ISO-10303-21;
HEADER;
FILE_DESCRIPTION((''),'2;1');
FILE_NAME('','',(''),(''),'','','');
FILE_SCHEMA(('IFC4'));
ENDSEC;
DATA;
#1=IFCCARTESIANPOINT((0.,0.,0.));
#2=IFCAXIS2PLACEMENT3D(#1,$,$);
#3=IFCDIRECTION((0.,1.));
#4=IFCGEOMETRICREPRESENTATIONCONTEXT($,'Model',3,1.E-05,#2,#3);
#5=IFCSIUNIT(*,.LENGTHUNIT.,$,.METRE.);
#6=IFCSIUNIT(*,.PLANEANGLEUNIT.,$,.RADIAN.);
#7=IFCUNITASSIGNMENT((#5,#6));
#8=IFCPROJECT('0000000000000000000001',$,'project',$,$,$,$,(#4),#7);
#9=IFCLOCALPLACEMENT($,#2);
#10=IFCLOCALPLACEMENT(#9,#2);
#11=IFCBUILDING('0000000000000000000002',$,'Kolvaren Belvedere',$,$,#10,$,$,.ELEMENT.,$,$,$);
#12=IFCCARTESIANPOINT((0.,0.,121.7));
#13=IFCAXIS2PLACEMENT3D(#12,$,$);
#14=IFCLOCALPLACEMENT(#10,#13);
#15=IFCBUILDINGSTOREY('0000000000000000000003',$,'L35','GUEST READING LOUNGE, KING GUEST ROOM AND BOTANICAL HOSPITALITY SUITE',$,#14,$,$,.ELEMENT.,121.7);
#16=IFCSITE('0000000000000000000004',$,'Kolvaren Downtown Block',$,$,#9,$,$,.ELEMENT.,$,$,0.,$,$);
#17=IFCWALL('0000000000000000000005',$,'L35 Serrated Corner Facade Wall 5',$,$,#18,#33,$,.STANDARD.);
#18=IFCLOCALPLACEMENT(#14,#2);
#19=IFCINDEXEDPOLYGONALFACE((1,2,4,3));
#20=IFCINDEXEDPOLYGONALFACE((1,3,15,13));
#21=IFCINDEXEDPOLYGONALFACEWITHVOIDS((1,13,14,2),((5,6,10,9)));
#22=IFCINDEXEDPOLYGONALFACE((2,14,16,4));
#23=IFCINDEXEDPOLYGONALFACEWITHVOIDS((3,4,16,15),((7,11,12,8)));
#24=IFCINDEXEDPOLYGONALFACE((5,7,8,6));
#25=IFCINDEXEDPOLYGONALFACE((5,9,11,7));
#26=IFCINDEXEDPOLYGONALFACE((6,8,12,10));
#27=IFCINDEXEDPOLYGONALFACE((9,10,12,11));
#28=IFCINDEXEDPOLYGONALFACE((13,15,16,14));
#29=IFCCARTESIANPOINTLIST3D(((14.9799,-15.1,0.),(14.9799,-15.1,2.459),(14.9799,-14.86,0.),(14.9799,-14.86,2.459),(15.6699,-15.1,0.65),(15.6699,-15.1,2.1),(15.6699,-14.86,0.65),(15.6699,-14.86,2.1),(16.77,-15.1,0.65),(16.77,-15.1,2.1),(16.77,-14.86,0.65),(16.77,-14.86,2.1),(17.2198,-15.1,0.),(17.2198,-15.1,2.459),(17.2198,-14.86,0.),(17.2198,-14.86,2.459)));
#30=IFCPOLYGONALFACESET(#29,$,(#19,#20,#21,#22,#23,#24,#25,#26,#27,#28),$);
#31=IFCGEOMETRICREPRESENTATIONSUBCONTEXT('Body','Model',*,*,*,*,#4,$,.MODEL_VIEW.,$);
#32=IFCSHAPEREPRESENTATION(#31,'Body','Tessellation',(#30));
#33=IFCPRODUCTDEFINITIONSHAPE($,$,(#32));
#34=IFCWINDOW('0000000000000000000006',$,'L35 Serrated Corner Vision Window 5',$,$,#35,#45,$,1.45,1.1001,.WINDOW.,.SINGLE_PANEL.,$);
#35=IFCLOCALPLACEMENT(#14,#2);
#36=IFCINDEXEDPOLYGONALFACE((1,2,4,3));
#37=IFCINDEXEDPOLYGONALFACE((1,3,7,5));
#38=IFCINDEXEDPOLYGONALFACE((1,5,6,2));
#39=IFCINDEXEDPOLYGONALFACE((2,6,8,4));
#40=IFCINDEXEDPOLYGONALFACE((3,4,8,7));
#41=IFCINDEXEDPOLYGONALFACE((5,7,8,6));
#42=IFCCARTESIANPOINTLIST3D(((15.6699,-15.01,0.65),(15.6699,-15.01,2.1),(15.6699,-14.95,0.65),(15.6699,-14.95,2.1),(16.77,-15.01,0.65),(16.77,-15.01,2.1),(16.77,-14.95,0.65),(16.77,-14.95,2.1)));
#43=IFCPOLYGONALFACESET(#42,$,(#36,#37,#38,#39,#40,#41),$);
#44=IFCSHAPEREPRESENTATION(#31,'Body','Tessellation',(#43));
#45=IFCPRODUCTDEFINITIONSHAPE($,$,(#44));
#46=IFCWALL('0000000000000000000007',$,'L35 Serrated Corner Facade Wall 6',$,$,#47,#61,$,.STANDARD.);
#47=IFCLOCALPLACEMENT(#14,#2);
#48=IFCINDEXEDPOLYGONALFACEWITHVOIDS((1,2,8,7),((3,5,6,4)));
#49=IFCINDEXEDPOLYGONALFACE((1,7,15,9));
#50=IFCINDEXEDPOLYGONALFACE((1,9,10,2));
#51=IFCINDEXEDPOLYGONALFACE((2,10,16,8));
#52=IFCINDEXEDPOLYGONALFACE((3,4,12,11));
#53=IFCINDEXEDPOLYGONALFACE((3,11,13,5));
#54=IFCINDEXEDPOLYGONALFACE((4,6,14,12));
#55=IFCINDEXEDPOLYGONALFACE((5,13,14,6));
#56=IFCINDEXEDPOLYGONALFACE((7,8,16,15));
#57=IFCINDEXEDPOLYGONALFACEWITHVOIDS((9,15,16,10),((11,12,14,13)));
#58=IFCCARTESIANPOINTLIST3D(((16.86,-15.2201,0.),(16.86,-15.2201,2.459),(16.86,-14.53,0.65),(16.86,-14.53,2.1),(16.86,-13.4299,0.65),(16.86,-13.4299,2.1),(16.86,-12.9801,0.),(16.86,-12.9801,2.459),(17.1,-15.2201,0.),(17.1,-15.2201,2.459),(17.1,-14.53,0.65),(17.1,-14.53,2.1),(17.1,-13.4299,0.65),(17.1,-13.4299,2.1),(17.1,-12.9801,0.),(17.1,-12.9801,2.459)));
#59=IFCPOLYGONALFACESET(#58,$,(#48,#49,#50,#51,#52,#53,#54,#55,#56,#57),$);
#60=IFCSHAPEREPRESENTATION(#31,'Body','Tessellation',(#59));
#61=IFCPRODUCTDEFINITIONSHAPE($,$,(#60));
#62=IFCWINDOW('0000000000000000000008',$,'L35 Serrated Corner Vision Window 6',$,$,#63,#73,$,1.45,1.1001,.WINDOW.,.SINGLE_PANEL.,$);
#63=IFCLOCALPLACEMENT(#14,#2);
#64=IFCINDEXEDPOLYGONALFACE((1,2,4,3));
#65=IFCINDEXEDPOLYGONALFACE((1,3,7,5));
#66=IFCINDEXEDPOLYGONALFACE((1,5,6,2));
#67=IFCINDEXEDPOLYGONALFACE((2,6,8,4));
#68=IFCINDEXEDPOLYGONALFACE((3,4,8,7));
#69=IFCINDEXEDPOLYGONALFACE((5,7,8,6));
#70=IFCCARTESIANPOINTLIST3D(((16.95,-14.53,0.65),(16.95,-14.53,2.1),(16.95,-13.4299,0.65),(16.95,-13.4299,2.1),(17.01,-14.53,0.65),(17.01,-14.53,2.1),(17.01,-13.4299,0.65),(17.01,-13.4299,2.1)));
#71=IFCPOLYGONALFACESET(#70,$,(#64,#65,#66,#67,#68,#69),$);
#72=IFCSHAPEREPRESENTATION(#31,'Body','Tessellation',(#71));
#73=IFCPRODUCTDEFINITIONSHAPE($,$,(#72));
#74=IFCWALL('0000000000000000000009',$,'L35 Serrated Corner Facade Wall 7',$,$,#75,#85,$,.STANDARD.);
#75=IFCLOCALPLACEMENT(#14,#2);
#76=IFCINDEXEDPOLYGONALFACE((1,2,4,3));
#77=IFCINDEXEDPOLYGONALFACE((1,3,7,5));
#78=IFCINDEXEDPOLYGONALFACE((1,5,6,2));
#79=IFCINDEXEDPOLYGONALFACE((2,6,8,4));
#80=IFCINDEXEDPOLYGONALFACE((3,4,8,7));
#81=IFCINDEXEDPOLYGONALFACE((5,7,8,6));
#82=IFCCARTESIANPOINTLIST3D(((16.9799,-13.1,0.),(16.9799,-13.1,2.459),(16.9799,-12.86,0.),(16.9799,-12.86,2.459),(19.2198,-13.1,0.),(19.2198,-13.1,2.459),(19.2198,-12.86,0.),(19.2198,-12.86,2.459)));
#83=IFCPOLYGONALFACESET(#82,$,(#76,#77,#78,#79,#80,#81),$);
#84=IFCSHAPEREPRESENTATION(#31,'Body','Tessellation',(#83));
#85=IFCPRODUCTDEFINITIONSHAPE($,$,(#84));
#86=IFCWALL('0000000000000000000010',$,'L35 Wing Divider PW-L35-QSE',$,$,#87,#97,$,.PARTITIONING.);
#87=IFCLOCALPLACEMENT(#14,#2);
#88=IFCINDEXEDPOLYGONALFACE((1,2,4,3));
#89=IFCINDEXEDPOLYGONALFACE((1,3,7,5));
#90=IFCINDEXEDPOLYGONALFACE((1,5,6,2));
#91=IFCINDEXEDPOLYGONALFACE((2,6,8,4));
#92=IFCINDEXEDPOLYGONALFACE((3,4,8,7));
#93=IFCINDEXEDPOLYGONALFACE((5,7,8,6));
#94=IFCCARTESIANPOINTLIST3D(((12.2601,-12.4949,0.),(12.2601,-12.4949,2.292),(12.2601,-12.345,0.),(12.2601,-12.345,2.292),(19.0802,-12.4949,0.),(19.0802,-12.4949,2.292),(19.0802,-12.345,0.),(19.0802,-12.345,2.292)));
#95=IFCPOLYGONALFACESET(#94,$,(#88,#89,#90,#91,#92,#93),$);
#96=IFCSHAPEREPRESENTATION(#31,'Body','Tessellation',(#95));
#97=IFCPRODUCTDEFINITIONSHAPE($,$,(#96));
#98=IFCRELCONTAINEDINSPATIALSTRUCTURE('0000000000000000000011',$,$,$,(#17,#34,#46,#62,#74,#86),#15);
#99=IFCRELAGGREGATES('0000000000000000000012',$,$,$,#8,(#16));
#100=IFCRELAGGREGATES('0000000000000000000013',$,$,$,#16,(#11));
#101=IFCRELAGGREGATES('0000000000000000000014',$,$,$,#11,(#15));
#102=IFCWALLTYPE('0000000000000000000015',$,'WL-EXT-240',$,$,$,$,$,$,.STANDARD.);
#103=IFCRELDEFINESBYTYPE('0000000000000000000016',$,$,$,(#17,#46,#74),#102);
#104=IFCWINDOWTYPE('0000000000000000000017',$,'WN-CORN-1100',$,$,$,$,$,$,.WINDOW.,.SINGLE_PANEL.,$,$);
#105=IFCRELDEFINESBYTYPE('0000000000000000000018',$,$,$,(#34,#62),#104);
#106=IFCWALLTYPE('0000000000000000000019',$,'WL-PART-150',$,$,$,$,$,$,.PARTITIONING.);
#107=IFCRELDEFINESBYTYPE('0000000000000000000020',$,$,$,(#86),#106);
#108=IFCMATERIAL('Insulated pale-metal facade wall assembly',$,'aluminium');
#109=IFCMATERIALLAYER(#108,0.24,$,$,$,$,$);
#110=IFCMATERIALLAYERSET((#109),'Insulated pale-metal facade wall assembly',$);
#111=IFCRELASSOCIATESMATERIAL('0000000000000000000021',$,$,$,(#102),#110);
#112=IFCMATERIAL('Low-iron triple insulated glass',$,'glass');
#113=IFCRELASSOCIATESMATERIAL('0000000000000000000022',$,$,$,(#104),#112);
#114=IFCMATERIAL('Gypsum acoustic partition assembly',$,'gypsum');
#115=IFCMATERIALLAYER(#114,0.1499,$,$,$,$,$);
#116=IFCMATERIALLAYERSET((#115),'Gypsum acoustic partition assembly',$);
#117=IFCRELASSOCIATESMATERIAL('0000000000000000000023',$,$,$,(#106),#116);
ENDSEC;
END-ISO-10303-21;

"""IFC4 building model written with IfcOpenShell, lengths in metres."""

from ifc_helpers import new_model, si_unit, direction, frame, frame_2d, origin, place, context, subcontext, project, spatial, rectangle, extrude, material, layer, layer_set, type_object, element, fill, save


model = new_model("IFC4")

# Units and contexts
model_context = context("Model", 3, precision=1e-05, world=origin(), true_north=direction((0.0, 1.0)))
body_context = subcontext(model_context, "Body", "Model", "MODEL_VIEW")
ifc_project = project(units=[si_unit("LENGTHUNIT", "METRE"), si_unit("PLANEANGLEUNIT", "RADIAN")], contexts=[model_context])

# Site, building, storey
site_placement = place(None, origin())
site = spatial("IfcSite", under=ifc_project, at=site_placement, Name="Kolvaren Downtown Block", CompositionType="ELEMENT", RefElevation=0.0)
building_placement = place(site_placement, origin())
building = spatial("IfcBuilding", under=site, at=building_placement, Name="Kolvaren Belvedere", CompositionType="ELEMENT")
storey_placement = place(building_placement, frame((0.0, 0.0, 121.7)))
storey = spatial("IfcBuildingStorey", under=building, at=storey_placement, Name="L35", Description="GUEST READING LOUNGE, KING GUEST ROOM AND BOTANICAL HOSPITALITY SUITE", CompositionType="ELEMENT", Elevation=121.7)

# Shared definitions
ifc_material_1 = material(Name="Insulated pale-metal facade wall assembly", Category="aluminium")
ifc_layer_1 = layer(ifc_material_1, 0.24)
ifc_layer_set_1 = layer_set([ifc_layer_1], Name="Insulated pale-metal facade wall assembly")
wall_type_1 = type_object("IfcWallType", Name="WL-EXT-240", PredefinedType="STANDARD", material=ifc_layer_set_1)

# Walls, openings, windows
ifc_material_2 = material(Name="Low-iron triple insulated glass", Category="glass")
window_type = type_object("IfcWindowType", Name="WN-CORN-1100", PartitioningType="SINGLE_PANEL", PredefinedType="WINDOW", material=ifc_material_2)
wall_1_placement = place(storey_placement, frame((17.22, -14.98, 0.0), z_axis=(0.0, 0.0, 1.0), x_axis=(-1.0, 0.0, 0.0)))
wall_1 = element("IfcWall", 1, at=wall_1_placement, inside=storey, type_object=wall_type_1, Name="L35 Serrated Corner Facade Wall 5", PredefinedType="STANDARD", context=body_context, shape_type="SweptSolid", body=[
    extrude(rectangle(XDim=2.24, YDim=0.24, at=frame_2d((1.1201, 0.0))), origin(), (0.0, 0.0, 1.0), 2.459),
])
opening_1_placement = place(wall_1_placement, frame((0.45, 0.0, 0.6499)))
opening_1 = element("IfcOpeningElement", 2, at=opening_1_placement, cuts=wall_1, PredefinedType="OPENING", context=body_context, shape_type="SweptSolid", body=[
    extrude(rectangle(XDim=1.1001, YDim=1.45, at=frame_2d((0.55, 0.7251))), frame((0.0, 0.1299, 0.0), z_axis=(0.0, -1.0, 0.0), x_axis=(1.0, 0.0, 0.0)), (0.0, 0.0, 1.0), 0.26),
])
window_1_placement = place(opening_1_placement, origin())
window_1 = element("IfcWindow", 3, at=window_1_placement, inside=storey, type_object=window_type, Name="L35 Serrated Corner Vision Window 5", OverallHeight=1.45, OverallWidth=1.1001, PartitioningType="SINGLE_PANEL", PredefinedType="WINDOW", context=body_context, shape_type="SweptSolid", body=[
    extrude(rectangle(XDim=1.1001, YDim=1.45, at=frame_2d((0.55, 0.7251))), frame((0.0, 0.03, 0.0), z_axis=(0.0, -1.0, 0.0), x_axis=(1.0, 0.0, 0.0)), (0.0, 0.0, 1.0), 0.0601),
])
fill(opening_1, window_1)
wall_2_placement = place(storey_placement, frame((16.98, -12.98, 0.0), z_axis=(0.0, 0.0, 1.0), x_axis=(0.0, -1.0, 0.0)))
wall_2 = element("IfcWall", 4, at=wall_2_placement, inside=storey, type_object=wall_type_1, Name="L35 Serrated Corner Facade Wall 6", PredefinedType="STANDARD", context=body_context, shape_type="SweptSolid", body=[
    extrude(rectangle(XDim=2.24, YDim=0.24, at=frame_2d((1.1201, 0.0))), origin(), (0.0, 0.0, 1.0), 2.459),
])
opening_2_placement = place(wall_2_placement, frame((0.45, 0.0, 0.6499)))
opening_2 = element("IfcOpeningElement", 5, at=opening_2_placement, cuts=wall_2, PredefinedType="OPENING", context=body_context, shape_type="SweptSolid", body=[
    extrude(rectangle(XDim=1.1001, YDim=1.45, at=frame_2d((0.55, 0.7251))), frame((0.0, 0.1299, 0.0), z_axis=(0.0, -1.0, 0.0), x_axis=(1.0, 0.0, 0.0)), (0.0, 0.0, 1.0), 0.26),
])
window_2_placement = place(opening_2_placement, origin())
window_2 = element("IfcWindow", 6, at=window_2_placement, inside=storey, type_object=window_type, Name="L35 Serrated Corner Vision Window 6", OverallHeight=1.45, OverallWidth=1.1001, PartitioningType="SINGLE_PANEL", PredefinedType="WINDOW", context=body_context, shape_type="SweptSolid", body=[
    extrude(rectangle(XDim=1.1001, YDim=1.45, at=frame_2d((0.55, 0.7251))), frame((0.0, 0.03, 0.0), z_axis=(0.0, -1.0, 0.0), x_axis=(1.0, 0.0, 0.0)), (0.0, 0.0, 1.0), 0.0601),
])
fill(opening_2, window_2)

# Walls
wall_3_placement = place(storey_placement, frame((19.22, -12.98, 0.0), z_axis=(0.0, 0.0, 1.0), x_axis=(-1.0, 0.0, 0.0)))
element("IfcWall", 7, at=wall_3_placement, inside=storey, type_object=wall_type_1, Name="L35 Serrated Corner Facade Wall 7", PredefinedType="STANDARD", context=body_context, shape_type="SweptSolid", body=[
    extrude(rectangle(XDim=2.24, YDim=0.24, at=frame_2d((1.1201, 0.0))), origin(), (0.0, 0.0, 1.0), 2.459),
])
ifc_material_3 = material(Name="Gypsum acoustic partition assembly", Category="gypsum")
ifc_layer_2 = layer(ifc_material_3, 0.1499)
ifc_layer_set_2 = layer_set([ifc_layer_2], Name="Gypsum acoustic partition assembly")
wall_type_2 = type_object("IfcWallType", Name="WL-PART-150", PredefinedType="PARTITIONING", material=ifc_layer_set_2)
wall_4_placement = place(storey_placement, frame((12.26, -12.4199, 0.0), z_axis=(0.0, 0.0, 1.0), x_axis=(1.0, 0.0, 0.0)))
element("IfcWall", 8, at=wall_4_placement, inside=storey, type_object=wall_type_2, Name="L35 Wing Divider PW-L35-QSE", PredefinedType="PARTITIONING", context=body_context, shape_type="SweptSolid", body=[
    extrude(rectangle(XDim=6.8201, YDim=0.1499, at=frame_2d((3.4102, 0.0))), origin(), (0.0, 0.0, 1.0), 2.292),
])

save(model, "model.ifc")
